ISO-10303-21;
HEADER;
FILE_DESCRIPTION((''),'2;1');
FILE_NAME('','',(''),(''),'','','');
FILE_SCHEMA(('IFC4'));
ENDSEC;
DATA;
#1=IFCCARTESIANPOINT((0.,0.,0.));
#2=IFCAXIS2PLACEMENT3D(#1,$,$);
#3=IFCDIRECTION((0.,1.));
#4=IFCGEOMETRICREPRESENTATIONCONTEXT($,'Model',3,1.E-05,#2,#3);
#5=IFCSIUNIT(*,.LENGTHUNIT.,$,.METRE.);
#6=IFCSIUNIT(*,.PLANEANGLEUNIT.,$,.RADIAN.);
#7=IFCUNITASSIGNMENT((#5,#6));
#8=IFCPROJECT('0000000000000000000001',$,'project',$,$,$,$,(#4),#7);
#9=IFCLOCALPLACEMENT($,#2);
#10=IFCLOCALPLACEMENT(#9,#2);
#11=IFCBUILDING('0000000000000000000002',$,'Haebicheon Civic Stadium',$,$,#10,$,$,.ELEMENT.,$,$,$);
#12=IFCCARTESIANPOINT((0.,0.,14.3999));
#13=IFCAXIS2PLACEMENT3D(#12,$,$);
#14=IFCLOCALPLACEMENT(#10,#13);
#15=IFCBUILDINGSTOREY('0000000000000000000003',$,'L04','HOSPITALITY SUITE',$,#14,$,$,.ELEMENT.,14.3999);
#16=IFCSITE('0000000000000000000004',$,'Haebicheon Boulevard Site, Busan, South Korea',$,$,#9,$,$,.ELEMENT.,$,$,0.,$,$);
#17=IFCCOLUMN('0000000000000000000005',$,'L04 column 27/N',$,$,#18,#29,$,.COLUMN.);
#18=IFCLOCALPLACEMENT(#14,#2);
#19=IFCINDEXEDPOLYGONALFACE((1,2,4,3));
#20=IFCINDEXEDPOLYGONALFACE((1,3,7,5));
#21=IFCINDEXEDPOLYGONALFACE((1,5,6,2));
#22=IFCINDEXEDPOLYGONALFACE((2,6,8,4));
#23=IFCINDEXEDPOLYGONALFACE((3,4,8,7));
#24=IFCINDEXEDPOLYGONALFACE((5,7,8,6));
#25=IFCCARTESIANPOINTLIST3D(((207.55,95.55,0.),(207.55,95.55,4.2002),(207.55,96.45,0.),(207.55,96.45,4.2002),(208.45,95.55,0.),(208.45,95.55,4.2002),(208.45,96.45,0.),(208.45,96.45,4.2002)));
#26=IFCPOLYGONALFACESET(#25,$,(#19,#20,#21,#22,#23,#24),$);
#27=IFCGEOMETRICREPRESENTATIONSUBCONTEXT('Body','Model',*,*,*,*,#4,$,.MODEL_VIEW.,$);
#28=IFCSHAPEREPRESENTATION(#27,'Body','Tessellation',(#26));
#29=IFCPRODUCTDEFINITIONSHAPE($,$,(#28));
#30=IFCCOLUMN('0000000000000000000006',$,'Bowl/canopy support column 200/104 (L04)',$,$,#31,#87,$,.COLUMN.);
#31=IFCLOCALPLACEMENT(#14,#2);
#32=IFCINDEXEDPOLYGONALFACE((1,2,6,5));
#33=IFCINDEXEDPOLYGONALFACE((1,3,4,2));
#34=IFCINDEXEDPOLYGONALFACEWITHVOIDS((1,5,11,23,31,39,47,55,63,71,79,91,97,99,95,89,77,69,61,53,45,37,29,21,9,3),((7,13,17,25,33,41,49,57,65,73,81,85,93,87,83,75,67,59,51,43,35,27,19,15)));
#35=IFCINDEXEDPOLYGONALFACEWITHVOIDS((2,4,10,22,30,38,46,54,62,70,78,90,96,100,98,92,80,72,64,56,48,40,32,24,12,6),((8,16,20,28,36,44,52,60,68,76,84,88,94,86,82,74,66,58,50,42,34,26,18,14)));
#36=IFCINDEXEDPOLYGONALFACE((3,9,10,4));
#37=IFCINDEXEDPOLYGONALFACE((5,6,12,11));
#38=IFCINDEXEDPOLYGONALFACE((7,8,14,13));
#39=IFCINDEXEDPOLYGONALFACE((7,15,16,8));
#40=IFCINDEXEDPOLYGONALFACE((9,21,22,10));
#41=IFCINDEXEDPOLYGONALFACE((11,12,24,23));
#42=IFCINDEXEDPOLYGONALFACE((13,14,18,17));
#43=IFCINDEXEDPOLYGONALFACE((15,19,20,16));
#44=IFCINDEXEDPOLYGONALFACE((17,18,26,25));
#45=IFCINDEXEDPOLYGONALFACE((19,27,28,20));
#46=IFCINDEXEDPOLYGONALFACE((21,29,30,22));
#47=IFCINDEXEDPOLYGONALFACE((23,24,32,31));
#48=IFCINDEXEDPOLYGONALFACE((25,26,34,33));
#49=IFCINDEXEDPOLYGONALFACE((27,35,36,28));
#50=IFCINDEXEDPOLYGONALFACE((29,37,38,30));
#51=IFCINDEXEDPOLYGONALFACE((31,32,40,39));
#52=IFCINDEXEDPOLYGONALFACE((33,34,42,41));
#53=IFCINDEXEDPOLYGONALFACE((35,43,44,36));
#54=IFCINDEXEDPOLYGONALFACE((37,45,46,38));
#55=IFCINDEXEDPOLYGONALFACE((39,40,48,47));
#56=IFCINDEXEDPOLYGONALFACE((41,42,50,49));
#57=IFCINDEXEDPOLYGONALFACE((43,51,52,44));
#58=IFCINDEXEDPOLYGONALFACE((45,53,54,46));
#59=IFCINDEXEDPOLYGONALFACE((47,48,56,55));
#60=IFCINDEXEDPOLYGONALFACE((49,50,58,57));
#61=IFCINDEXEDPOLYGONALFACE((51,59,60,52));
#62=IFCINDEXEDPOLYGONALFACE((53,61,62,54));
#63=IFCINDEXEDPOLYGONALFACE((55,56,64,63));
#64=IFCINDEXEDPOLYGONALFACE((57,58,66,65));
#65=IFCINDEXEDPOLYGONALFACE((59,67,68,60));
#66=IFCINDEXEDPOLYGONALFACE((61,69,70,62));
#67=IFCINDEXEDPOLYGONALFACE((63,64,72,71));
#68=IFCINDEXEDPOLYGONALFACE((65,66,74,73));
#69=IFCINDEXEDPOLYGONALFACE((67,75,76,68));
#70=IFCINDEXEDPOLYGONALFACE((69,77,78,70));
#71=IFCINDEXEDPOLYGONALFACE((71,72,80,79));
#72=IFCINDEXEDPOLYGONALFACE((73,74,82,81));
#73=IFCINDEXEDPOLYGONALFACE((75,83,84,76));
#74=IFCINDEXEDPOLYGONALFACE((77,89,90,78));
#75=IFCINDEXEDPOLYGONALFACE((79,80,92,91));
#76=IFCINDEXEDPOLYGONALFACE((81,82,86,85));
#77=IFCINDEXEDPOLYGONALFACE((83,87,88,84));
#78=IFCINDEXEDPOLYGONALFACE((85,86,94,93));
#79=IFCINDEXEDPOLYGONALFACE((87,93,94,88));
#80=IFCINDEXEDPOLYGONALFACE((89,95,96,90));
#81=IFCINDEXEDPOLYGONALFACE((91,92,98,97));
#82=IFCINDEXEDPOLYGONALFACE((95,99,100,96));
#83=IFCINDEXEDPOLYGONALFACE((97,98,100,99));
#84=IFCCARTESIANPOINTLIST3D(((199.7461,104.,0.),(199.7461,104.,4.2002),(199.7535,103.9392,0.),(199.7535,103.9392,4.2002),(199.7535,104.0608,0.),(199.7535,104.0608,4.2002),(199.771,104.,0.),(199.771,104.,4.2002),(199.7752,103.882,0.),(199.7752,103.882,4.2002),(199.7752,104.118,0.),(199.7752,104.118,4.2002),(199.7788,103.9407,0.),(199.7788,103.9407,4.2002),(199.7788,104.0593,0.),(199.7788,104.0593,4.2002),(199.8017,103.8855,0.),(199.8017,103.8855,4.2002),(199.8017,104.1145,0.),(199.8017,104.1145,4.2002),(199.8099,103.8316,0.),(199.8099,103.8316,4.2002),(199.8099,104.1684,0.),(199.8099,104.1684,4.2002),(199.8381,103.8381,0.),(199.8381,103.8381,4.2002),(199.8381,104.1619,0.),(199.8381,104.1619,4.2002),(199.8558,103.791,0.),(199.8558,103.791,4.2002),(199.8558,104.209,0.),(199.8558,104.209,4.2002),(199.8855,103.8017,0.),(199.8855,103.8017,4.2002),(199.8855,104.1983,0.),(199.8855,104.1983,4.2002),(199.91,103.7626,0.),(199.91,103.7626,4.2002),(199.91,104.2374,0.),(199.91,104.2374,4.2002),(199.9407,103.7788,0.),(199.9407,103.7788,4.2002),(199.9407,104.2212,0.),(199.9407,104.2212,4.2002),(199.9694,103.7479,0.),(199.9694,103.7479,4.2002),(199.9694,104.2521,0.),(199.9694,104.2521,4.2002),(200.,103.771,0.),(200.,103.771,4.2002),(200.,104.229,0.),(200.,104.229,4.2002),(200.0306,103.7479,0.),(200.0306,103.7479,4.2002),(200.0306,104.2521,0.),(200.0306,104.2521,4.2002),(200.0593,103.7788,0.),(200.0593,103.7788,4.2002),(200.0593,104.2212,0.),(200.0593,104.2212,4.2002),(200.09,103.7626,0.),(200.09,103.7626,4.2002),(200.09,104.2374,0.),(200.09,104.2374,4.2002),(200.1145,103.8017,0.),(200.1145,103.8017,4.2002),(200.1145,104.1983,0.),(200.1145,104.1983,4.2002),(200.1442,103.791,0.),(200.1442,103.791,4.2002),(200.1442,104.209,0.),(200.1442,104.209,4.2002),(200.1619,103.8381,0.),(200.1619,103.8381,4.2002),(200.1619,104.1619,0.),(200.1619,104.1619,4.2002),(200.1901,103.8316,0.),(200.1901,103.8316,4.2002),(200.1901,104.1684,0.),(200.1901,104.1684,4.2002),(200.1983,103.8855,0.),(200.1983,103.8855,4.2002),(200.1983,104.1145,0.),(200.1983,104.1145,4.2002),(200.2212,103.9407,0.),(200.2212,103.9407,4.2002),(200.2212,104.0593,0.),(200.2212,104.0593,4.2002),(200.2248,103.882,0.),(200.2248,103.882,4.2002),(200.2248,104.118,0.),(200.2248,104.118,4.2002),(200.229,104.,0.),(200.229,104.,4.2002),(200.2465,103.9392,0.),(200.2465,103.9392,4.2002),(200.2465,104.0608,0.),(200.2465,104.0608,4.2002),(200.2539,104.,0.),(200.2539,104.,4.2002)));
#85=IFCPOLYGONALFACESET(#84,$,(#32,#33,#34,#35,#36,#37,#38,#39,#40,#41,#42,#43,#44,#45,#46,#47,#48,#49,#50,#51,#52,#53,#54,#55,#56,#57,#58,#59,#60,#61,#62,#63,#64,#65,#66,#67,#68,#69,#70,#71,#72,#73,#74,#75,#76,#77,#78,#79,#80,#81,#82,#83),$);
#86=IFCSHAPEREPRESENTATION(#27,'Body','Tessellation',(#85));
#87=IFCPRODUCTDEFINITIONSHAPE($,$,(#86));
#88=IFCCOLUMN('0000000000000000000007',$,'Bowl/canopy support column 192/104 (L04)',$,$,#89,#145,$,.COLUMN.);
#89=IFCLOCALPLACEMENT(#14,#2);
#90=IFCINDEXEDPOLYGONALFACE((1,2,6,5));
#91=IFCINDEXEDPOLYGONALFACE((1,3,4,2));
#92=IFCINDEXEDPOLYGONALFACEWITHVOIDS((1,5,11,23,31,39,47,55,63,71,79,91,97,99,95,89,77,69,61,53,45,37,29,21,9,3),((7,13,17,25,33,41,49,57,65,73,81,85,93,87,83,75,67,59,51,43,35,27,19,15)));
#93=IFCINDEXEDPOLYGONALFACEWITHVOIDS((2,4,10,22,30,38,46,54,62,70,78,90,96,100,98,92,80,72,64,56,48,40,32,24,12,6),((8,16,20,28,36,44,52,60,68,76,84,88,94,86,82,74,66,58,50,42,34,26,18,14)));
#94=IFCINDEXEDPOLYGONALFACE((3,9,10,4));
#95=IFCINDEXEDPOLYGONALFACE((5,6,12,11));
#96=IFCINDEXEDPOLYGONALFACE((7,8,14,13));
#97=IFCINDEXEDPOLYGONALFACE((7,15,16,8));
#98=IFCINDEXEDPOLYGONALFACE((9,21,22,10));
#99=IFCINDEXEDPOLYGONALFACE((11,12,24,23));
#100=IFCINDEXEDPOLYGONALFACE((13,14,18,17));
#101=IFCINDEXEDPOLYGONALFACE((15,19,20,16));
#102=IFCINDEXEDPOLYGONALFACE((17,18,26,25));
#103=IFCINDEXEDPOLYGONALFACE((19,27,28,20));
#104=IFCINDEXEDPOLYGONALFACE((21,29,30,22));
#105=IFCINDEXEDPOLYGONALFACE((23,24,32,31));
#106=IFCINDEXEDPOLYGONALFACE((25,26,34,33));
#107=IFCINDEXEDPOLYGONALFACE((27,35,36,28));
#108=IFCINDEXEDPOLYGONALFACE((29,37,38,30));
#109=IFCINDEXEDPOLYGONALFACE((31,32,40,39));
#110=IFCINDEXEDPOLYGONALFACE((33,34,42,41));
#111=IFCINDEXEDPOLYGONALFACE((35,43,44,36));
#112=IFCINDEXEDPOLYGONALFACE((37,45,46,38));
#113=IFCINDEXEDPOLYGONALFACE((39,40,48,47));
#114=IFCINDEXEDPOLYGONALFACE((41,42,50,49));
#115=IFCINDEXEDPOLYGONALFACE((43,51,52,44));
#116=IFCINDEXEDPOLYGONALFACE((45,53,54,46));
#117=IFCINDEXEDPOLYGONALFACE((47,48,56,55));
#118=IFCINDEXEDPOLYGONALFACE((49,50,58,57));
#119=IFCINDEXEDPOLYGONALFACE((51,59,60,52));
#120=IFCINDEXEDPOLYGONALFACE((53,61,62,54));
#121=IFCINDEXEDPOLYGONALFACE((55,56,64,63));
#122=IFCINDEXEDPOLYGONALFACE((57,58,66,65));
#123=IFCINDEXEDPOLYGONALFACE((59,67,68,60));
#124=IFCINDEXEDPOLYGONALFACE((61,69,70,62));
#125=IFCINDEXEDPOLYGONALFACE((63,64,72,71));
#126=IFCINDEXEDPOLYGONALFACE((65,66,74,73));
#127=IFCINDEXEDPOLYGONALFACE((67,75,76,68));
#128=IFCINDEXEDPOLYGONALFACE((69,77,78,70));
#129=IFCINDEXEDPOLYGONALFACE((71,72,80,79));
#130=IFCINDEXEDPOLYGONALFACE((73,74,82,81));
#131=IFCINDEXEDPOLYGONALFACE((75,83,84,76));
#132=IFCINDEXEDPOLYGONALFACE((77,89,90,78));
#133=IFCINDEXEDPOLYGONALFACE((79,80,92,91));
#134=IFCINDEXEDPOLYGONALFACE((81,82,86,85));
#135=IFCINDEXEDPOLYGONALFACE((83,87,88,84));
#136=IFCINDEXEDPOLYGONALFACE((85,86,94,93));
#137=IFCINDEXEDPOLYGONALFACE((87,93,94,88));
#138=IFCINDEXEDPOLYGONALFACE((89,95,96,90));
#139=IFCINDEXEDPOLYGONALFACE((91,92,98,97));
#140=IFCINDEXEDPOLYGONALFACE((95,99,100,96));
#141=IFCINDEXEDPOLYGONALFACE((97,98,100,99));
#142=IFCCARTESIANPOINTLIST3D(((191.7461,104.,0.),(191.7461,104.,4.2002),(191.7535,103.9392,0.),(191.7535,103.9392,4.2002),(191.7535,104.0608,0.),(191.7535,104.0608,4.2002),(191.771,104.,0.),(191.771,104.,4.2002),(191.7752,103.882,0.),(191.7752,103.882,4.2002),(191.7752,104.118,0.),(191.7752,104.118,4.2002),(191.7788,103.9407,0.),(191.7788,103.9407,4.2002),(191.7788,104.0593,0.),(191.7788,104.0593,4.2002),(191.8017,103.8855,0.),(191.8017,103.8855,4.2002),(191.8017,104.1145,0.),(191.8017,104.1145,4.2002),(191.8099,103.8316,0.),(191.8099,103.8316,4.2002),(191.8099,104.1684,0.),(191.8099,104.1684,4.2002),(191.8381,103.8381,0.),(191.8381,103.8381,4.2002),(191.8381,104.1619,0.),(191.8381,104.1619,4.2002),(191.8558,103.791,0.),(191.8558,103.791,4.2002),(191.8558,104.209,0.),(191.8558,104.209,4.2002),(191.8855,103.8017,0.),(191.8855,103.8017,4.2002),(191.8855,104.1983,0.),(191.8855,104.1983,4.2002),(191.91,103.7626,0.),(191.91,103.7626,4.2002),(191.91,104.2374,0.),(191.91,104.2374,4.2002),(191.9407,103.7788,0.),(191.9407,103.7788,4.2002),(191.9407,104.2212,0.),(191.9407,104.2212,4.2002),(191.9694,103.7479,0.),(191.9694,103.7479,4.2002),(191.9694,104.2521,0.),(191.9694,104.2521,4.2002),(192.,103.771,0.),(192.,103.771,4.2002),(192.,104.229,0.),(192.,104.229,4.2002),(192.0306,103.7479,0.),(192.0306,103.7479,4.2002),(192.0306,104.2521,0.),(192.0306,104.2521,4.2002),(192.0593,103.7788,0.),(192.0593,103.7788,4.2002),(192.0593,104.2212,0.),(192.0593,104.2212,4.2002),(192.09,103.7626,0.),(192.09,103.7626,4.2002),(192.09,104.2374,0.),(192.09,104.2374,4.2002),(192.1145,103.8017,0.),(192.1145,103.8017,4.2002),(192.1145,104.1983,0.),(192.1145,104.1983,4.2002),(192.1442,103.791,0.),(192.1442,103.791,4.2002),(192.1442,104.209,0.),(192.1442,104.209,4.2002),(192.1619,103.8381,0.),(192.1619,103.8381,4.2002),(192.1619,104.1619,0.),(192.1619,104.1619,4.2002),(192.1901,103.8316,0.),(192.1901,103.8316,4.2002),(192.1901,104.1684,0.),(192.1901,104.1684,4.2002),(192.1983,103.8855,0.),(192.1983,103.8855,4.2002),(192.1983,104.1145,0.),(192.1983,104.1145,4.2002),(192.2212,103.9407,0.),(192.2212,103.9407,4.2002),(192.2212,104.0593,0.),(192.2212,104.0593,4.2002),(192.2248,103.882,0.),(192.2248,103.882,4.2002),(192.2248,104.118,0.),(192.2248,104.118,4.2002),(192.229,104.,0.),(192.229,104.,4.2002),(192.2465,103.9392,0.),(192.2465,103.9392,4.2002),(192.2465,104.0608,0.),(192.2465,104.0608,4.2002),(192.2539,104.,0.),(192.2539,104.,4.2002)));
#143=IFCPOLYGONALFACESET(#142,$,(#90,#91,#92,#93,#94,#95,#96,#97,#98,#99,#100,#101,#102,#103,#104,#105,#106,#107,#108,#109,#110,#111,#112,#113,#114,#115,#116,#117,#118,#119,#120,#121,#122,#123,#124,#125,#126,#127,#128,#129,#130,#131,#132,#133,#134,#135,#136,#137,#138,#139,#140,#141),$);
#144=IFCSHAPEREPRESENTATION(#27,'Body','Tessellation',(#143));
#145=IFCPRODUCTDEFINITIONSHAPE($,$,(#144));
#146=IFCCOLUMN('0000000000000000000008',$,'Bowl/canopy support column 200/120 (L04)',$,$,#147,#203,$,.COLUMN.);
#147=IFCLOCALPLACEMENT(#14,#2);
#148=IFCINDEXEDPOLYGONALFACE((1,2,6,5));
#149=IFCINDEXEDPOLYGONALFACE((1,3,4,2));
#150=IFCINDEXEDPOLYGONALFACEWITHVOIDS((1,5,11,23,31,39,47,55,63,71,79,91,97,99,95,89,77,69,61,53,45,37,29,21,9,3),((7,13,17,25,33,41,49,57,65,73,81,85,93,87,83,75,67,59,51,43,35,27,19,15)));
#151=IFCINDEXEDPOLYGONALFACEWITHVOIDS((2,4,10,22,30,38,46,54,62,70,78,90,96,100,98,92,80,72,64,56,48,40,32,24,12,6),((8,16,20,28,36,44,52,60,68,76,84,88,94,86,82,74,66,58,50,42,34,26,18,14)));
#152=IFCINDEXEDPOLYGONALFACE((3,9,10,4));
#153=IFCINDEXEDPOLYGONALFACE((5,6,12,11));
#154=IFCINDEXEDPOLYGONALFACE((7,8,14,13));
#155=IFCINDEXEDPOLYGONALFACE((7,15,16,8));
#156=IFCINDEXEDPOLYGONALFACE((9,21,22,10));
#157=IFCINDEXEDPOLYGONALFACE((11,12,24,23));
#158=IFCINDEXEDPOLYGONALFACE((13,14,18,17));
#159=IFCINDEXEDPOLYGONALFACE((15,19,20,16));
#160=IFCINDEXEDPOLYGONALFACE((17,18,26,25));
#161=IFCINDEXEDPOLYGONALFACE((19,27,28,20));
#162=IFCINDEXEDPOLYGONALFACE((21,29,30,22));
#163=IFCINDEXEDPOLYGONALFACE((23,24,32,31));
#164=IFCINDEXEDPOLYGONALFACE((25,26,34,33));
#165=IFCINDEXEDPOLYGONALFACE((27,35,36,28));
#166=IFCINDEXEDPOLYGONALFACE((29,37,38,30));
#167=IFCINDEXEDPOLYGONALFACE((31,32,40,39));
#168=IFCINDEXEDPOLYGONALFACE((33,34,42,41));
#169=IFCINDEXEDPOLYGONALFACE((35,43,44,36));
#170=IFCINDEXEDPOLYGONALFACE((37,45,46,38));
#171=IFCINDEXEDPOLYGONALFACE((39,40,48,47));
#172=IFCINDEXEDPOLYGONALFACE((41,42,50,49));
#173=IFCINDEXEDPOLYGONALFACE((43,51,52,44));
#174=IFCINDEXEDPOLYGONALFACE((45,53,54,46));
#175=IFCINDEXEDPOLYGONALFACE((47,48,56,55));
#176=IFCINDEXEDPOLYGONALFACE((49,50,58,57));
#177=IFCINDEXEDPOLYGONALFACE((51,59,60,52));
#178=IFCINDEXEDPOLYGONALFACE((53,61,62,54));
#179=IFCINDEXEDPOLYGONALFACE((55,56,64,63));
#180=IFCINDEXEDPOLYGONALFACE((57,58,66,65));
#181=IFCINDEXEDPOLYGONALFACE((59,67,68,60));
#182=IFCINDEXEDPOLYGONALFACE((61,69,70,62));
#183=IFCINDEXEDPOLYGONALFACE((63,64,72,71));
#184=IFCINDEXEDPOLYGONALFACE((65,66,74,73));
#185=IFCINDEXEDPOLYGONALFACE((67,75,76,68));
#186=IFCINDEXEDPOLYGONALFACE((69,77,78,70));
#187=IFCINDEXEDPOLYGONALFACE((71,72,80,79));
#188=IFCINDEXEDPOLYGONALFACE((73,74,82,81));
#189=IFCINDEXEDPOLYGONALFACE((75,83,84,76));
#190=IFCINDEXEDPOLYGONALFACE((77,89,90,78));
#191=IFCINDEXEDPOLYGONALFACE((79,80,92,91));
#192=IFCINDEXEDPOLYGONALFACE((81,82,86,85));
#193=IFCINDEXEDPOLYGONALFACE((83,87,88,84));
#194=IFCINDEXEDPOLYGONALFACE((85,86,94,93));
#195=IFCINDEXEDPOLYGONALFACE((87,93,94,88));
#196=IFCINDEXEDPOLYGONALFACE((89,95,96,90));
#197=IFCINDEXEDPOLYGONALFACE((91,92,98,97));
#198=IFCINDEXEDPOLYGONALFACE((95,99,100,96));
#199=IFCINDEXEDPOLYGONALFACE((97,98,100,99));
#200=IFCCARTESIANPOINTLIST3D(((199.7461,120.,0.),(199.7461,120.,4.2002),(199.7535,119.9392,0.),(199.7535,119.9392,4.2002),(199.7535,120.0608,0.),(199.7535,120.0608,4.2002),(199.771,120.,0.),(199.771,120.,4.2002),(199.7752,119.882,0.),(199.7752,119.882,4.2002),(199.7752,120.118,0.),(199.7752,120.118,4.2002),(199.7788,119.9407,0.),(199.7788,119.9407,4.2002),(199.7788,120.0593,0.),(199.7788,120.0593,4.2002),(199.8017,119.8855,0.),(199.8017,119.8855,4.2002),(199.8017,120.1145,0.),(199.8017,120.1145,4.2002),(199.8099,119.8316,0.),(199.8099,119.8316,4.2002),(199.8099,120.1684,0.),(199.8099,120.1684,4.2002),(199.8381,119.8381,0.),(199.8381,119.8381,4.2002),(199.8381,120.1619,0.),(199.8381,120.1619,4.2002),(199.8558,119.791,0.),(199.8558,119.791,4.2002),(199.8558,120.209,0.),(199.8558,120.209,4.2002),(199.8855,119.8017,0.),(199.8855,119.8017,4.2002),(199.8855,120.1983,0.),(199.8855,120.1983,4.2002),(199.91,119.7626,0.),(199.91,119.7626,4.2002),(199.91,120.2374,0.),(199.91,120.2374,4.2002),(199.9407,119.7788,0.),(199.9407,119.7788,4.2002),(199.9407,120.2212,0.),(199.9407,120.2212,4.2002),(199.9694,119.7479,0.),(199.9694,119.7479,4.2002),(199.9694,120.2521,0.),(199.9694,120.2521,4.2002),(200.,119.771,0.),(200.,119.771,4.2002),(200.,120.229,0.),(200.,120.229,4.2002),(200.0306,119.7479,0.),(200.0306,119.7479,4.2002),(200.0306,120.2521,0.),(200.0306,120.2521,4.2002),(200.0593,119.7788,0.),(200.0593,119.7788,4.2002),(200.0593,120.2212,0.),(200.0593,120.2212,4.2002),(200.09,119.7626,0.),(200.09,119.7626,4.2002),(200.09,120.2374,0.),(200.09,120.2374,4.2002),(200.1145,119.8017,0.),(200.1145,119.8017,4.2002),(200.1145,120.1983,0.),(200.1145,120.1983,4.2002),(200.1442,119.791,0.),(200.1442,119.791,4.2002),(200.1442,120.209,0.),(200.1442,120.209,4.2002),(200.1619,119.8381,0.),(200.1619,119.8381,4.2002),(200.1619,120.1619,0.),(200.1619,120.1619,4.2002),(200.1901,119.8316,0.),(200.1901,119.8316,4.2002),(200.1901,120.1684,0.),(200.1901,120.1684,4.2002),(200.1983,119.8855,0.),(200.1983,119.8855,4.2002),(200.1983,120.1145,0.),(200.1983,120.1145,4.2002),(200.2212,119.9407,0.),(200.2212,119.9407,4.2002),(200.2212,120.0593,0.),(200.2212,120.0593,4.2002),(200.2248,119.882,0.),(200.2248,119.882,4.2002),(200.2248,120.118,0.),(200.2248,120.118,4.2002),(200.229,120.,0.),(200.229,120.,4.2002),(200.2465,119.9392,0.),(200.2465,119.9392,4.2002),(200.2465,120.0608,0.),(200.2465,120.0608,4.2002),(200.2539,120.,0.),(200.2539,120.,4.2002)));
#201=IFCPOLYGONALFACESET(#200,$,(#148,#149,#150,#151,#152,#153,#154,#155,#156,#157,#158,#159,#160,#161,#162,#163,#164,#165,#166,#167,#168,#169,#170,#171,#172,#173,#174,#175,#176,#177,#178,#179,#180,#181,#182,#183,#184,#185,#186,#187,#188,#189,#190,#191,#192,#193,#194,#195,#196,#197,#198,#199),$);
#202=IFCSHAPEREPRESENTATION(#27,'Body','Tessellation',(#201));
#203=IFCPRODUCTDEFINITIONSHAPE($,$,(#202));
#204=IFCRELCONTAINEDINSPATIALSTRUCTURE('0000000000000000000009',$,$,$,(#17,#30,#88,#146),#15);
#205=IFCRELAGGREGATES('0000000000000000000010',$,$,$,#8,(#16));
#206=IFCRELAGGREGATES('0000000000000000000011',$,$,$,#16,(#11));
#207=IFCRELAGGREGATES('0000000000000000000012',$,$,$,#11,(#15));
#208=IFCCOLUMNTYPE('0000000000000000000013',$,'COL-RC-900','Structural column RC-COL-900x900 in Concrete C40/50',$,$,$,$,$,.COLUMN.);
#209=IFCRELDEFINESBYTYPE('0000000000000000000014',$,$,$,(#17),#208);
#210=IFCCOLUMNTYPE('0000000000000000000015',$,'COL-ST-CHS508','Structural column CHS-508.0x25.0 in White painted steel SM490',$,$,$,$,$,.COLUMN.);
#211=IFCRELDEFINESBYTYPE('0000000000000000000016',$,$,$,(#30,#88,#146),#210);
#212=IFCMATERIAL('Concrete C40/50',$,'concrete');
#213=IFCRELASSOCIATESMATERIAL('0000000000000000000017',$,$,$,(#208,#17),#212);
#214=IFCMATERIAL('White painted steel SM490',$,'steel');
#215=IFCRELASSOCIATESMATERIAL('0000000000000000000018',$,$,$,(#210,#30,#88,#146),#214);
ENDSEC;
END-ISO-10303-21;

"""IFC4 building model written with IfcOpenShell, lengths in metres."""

from ifc_helpers import new_model, si_unit, direction, frame, origin, origin_2d, place, context, subcontext, project, spatial, rectangle, hollow_circle, extrude, material, material_profile, profile_set, type_object, element, save


model = new_model("IFC4")

# Units and contexts
model_context = context("Model", 3, precision=1e-05, world=origin(), true_north=direction((0.0, 1.0)))
body_context = subcontext(model_context, "Body", "Model", "MODEL_VIEW")
ifc_project = project(units=[si_unit("LENGTHUNIT", "METRE"), si_unit("PLANEANGLEUNIT", "RADIAN")], contexts=[model_context])

# Site, building, storey
site_placement = place(None, origin())
site = spatial("IfcSite", under=ifc_project, at=site_placement, Name="Haebicheon Boulevard Site, Busan, South Korea", CompositionType="ELEMENT", RefElevation=0.0)
building_placement = place(site_placement, origin())
building = spatial("IfcBuilding", under=site, at=building_placement, Name="Haebicheon Civic Stadium", CompositionType="ELEMENT")
storey_placement = place(building_placement, frame((0.0, 0.0, 14.3999)))
storey = spatial("IfcBuildingStorey", under=building, at=storey_placement, Name="L04", Description="HOSPITALITY SUITE", CompositionType="ELEMENT", Elevation=14.3999)

# Columns
ifc_material_1 = material(Name="Concrete C40/50", Category="concrete")
ifc_material_profile_1 = material_profile(ifc_material_1, rectangle(XDim=0.8999, YDim=0.8999, at=origin_2d()), Name="RC-COL-900x900")
ifc_profile_set_1 = profile_set([ifc_material_profile_1], Name="Concrete C40/50")
column_type_1 = type_object("IfcColumnType", Name="COL-RC-900", Description="Structural column RC-COL-900x900 in Concrete C40/50", PredefinedType="COLUMN", material=ifc_profile_set_1)
column_placement = place(storey_placement, frame((208.0, 96.0, 0.0), z_axis=(0.0, 0.0, 1.0), x_axis=(1.0, 0.0, 0.0)))
element("IfcColumn", 1, at=column_placement, inside=storey, type_object=column_type_1, material=ifc_profile_set_1, Name="L04 column 27/N", PredefinedType="COLUMN", context=body_context, shape_type="SweptSolid", body=[
    extrude(rectangle(XDim=0.8999, YDim=0.8999, at=origin_2d()), origin(), (0.0, 0.0, 1.0), 4.2002),
])
ifc_material_2 = material(Name="White painted steel SM490", Category="steel")
ifc_material_profile_2 = material_profile(ifc_material_2, hollow_circle(Radius=0.2539, WallThickness=0.0249, at=origin_2d()), Name="CHS-508.0x25.0")
ifc_profile_set_2 = profile_set([ifc_material_profile_2], Name="White painted steel SM490")
column_type_2 = type_object("IfcColumnType", Name="COL-ST-CHS508", Description="Structural column CHS-508.0x25.0 in White painted steel SM490", PredefinedType="COLUMN", material=ifc_profile_set_2)
for number, where, z_axis, x_axis, name in (
    (2, (200.0, 104.0, 0.0), (0.0, 0.0, 1.0), (1.0, 0.0, 0.0), "Bowl/canopy support column 200/104 (L04)"),
    (3, (192.0, 104.0, 0.0), (0.0, 0.0, 1.0), (1.0, 0.0, 0.0), "Bowl/canopy support column 192/104 (L04)"),
    (4, (200.0, 120.0, 0.0), (0.0, 0.0, 1.0), (1.0, 0.0, 0.0), "Bowl/canopy support column 200/120 (L04)"),
):
    element("IfcColumn", number, at=place(storey_placement, frame(where, z_axis=z_axis, x_axis=x_axis)), inside=storey, type_object=column_type_2, material=ifc_profile_set_2, Name=name, PredefinedType="COLUMN", context=body_context, shape_type="SweptSolid", body=[
        extrude(hollow_circle(Radius=0.2539, WallThickness=0.0249, at=origin_2d()), origin(), (0.0, 0.0, 1.0), 4.2002),
    ])

save(model, "model.ifc")
